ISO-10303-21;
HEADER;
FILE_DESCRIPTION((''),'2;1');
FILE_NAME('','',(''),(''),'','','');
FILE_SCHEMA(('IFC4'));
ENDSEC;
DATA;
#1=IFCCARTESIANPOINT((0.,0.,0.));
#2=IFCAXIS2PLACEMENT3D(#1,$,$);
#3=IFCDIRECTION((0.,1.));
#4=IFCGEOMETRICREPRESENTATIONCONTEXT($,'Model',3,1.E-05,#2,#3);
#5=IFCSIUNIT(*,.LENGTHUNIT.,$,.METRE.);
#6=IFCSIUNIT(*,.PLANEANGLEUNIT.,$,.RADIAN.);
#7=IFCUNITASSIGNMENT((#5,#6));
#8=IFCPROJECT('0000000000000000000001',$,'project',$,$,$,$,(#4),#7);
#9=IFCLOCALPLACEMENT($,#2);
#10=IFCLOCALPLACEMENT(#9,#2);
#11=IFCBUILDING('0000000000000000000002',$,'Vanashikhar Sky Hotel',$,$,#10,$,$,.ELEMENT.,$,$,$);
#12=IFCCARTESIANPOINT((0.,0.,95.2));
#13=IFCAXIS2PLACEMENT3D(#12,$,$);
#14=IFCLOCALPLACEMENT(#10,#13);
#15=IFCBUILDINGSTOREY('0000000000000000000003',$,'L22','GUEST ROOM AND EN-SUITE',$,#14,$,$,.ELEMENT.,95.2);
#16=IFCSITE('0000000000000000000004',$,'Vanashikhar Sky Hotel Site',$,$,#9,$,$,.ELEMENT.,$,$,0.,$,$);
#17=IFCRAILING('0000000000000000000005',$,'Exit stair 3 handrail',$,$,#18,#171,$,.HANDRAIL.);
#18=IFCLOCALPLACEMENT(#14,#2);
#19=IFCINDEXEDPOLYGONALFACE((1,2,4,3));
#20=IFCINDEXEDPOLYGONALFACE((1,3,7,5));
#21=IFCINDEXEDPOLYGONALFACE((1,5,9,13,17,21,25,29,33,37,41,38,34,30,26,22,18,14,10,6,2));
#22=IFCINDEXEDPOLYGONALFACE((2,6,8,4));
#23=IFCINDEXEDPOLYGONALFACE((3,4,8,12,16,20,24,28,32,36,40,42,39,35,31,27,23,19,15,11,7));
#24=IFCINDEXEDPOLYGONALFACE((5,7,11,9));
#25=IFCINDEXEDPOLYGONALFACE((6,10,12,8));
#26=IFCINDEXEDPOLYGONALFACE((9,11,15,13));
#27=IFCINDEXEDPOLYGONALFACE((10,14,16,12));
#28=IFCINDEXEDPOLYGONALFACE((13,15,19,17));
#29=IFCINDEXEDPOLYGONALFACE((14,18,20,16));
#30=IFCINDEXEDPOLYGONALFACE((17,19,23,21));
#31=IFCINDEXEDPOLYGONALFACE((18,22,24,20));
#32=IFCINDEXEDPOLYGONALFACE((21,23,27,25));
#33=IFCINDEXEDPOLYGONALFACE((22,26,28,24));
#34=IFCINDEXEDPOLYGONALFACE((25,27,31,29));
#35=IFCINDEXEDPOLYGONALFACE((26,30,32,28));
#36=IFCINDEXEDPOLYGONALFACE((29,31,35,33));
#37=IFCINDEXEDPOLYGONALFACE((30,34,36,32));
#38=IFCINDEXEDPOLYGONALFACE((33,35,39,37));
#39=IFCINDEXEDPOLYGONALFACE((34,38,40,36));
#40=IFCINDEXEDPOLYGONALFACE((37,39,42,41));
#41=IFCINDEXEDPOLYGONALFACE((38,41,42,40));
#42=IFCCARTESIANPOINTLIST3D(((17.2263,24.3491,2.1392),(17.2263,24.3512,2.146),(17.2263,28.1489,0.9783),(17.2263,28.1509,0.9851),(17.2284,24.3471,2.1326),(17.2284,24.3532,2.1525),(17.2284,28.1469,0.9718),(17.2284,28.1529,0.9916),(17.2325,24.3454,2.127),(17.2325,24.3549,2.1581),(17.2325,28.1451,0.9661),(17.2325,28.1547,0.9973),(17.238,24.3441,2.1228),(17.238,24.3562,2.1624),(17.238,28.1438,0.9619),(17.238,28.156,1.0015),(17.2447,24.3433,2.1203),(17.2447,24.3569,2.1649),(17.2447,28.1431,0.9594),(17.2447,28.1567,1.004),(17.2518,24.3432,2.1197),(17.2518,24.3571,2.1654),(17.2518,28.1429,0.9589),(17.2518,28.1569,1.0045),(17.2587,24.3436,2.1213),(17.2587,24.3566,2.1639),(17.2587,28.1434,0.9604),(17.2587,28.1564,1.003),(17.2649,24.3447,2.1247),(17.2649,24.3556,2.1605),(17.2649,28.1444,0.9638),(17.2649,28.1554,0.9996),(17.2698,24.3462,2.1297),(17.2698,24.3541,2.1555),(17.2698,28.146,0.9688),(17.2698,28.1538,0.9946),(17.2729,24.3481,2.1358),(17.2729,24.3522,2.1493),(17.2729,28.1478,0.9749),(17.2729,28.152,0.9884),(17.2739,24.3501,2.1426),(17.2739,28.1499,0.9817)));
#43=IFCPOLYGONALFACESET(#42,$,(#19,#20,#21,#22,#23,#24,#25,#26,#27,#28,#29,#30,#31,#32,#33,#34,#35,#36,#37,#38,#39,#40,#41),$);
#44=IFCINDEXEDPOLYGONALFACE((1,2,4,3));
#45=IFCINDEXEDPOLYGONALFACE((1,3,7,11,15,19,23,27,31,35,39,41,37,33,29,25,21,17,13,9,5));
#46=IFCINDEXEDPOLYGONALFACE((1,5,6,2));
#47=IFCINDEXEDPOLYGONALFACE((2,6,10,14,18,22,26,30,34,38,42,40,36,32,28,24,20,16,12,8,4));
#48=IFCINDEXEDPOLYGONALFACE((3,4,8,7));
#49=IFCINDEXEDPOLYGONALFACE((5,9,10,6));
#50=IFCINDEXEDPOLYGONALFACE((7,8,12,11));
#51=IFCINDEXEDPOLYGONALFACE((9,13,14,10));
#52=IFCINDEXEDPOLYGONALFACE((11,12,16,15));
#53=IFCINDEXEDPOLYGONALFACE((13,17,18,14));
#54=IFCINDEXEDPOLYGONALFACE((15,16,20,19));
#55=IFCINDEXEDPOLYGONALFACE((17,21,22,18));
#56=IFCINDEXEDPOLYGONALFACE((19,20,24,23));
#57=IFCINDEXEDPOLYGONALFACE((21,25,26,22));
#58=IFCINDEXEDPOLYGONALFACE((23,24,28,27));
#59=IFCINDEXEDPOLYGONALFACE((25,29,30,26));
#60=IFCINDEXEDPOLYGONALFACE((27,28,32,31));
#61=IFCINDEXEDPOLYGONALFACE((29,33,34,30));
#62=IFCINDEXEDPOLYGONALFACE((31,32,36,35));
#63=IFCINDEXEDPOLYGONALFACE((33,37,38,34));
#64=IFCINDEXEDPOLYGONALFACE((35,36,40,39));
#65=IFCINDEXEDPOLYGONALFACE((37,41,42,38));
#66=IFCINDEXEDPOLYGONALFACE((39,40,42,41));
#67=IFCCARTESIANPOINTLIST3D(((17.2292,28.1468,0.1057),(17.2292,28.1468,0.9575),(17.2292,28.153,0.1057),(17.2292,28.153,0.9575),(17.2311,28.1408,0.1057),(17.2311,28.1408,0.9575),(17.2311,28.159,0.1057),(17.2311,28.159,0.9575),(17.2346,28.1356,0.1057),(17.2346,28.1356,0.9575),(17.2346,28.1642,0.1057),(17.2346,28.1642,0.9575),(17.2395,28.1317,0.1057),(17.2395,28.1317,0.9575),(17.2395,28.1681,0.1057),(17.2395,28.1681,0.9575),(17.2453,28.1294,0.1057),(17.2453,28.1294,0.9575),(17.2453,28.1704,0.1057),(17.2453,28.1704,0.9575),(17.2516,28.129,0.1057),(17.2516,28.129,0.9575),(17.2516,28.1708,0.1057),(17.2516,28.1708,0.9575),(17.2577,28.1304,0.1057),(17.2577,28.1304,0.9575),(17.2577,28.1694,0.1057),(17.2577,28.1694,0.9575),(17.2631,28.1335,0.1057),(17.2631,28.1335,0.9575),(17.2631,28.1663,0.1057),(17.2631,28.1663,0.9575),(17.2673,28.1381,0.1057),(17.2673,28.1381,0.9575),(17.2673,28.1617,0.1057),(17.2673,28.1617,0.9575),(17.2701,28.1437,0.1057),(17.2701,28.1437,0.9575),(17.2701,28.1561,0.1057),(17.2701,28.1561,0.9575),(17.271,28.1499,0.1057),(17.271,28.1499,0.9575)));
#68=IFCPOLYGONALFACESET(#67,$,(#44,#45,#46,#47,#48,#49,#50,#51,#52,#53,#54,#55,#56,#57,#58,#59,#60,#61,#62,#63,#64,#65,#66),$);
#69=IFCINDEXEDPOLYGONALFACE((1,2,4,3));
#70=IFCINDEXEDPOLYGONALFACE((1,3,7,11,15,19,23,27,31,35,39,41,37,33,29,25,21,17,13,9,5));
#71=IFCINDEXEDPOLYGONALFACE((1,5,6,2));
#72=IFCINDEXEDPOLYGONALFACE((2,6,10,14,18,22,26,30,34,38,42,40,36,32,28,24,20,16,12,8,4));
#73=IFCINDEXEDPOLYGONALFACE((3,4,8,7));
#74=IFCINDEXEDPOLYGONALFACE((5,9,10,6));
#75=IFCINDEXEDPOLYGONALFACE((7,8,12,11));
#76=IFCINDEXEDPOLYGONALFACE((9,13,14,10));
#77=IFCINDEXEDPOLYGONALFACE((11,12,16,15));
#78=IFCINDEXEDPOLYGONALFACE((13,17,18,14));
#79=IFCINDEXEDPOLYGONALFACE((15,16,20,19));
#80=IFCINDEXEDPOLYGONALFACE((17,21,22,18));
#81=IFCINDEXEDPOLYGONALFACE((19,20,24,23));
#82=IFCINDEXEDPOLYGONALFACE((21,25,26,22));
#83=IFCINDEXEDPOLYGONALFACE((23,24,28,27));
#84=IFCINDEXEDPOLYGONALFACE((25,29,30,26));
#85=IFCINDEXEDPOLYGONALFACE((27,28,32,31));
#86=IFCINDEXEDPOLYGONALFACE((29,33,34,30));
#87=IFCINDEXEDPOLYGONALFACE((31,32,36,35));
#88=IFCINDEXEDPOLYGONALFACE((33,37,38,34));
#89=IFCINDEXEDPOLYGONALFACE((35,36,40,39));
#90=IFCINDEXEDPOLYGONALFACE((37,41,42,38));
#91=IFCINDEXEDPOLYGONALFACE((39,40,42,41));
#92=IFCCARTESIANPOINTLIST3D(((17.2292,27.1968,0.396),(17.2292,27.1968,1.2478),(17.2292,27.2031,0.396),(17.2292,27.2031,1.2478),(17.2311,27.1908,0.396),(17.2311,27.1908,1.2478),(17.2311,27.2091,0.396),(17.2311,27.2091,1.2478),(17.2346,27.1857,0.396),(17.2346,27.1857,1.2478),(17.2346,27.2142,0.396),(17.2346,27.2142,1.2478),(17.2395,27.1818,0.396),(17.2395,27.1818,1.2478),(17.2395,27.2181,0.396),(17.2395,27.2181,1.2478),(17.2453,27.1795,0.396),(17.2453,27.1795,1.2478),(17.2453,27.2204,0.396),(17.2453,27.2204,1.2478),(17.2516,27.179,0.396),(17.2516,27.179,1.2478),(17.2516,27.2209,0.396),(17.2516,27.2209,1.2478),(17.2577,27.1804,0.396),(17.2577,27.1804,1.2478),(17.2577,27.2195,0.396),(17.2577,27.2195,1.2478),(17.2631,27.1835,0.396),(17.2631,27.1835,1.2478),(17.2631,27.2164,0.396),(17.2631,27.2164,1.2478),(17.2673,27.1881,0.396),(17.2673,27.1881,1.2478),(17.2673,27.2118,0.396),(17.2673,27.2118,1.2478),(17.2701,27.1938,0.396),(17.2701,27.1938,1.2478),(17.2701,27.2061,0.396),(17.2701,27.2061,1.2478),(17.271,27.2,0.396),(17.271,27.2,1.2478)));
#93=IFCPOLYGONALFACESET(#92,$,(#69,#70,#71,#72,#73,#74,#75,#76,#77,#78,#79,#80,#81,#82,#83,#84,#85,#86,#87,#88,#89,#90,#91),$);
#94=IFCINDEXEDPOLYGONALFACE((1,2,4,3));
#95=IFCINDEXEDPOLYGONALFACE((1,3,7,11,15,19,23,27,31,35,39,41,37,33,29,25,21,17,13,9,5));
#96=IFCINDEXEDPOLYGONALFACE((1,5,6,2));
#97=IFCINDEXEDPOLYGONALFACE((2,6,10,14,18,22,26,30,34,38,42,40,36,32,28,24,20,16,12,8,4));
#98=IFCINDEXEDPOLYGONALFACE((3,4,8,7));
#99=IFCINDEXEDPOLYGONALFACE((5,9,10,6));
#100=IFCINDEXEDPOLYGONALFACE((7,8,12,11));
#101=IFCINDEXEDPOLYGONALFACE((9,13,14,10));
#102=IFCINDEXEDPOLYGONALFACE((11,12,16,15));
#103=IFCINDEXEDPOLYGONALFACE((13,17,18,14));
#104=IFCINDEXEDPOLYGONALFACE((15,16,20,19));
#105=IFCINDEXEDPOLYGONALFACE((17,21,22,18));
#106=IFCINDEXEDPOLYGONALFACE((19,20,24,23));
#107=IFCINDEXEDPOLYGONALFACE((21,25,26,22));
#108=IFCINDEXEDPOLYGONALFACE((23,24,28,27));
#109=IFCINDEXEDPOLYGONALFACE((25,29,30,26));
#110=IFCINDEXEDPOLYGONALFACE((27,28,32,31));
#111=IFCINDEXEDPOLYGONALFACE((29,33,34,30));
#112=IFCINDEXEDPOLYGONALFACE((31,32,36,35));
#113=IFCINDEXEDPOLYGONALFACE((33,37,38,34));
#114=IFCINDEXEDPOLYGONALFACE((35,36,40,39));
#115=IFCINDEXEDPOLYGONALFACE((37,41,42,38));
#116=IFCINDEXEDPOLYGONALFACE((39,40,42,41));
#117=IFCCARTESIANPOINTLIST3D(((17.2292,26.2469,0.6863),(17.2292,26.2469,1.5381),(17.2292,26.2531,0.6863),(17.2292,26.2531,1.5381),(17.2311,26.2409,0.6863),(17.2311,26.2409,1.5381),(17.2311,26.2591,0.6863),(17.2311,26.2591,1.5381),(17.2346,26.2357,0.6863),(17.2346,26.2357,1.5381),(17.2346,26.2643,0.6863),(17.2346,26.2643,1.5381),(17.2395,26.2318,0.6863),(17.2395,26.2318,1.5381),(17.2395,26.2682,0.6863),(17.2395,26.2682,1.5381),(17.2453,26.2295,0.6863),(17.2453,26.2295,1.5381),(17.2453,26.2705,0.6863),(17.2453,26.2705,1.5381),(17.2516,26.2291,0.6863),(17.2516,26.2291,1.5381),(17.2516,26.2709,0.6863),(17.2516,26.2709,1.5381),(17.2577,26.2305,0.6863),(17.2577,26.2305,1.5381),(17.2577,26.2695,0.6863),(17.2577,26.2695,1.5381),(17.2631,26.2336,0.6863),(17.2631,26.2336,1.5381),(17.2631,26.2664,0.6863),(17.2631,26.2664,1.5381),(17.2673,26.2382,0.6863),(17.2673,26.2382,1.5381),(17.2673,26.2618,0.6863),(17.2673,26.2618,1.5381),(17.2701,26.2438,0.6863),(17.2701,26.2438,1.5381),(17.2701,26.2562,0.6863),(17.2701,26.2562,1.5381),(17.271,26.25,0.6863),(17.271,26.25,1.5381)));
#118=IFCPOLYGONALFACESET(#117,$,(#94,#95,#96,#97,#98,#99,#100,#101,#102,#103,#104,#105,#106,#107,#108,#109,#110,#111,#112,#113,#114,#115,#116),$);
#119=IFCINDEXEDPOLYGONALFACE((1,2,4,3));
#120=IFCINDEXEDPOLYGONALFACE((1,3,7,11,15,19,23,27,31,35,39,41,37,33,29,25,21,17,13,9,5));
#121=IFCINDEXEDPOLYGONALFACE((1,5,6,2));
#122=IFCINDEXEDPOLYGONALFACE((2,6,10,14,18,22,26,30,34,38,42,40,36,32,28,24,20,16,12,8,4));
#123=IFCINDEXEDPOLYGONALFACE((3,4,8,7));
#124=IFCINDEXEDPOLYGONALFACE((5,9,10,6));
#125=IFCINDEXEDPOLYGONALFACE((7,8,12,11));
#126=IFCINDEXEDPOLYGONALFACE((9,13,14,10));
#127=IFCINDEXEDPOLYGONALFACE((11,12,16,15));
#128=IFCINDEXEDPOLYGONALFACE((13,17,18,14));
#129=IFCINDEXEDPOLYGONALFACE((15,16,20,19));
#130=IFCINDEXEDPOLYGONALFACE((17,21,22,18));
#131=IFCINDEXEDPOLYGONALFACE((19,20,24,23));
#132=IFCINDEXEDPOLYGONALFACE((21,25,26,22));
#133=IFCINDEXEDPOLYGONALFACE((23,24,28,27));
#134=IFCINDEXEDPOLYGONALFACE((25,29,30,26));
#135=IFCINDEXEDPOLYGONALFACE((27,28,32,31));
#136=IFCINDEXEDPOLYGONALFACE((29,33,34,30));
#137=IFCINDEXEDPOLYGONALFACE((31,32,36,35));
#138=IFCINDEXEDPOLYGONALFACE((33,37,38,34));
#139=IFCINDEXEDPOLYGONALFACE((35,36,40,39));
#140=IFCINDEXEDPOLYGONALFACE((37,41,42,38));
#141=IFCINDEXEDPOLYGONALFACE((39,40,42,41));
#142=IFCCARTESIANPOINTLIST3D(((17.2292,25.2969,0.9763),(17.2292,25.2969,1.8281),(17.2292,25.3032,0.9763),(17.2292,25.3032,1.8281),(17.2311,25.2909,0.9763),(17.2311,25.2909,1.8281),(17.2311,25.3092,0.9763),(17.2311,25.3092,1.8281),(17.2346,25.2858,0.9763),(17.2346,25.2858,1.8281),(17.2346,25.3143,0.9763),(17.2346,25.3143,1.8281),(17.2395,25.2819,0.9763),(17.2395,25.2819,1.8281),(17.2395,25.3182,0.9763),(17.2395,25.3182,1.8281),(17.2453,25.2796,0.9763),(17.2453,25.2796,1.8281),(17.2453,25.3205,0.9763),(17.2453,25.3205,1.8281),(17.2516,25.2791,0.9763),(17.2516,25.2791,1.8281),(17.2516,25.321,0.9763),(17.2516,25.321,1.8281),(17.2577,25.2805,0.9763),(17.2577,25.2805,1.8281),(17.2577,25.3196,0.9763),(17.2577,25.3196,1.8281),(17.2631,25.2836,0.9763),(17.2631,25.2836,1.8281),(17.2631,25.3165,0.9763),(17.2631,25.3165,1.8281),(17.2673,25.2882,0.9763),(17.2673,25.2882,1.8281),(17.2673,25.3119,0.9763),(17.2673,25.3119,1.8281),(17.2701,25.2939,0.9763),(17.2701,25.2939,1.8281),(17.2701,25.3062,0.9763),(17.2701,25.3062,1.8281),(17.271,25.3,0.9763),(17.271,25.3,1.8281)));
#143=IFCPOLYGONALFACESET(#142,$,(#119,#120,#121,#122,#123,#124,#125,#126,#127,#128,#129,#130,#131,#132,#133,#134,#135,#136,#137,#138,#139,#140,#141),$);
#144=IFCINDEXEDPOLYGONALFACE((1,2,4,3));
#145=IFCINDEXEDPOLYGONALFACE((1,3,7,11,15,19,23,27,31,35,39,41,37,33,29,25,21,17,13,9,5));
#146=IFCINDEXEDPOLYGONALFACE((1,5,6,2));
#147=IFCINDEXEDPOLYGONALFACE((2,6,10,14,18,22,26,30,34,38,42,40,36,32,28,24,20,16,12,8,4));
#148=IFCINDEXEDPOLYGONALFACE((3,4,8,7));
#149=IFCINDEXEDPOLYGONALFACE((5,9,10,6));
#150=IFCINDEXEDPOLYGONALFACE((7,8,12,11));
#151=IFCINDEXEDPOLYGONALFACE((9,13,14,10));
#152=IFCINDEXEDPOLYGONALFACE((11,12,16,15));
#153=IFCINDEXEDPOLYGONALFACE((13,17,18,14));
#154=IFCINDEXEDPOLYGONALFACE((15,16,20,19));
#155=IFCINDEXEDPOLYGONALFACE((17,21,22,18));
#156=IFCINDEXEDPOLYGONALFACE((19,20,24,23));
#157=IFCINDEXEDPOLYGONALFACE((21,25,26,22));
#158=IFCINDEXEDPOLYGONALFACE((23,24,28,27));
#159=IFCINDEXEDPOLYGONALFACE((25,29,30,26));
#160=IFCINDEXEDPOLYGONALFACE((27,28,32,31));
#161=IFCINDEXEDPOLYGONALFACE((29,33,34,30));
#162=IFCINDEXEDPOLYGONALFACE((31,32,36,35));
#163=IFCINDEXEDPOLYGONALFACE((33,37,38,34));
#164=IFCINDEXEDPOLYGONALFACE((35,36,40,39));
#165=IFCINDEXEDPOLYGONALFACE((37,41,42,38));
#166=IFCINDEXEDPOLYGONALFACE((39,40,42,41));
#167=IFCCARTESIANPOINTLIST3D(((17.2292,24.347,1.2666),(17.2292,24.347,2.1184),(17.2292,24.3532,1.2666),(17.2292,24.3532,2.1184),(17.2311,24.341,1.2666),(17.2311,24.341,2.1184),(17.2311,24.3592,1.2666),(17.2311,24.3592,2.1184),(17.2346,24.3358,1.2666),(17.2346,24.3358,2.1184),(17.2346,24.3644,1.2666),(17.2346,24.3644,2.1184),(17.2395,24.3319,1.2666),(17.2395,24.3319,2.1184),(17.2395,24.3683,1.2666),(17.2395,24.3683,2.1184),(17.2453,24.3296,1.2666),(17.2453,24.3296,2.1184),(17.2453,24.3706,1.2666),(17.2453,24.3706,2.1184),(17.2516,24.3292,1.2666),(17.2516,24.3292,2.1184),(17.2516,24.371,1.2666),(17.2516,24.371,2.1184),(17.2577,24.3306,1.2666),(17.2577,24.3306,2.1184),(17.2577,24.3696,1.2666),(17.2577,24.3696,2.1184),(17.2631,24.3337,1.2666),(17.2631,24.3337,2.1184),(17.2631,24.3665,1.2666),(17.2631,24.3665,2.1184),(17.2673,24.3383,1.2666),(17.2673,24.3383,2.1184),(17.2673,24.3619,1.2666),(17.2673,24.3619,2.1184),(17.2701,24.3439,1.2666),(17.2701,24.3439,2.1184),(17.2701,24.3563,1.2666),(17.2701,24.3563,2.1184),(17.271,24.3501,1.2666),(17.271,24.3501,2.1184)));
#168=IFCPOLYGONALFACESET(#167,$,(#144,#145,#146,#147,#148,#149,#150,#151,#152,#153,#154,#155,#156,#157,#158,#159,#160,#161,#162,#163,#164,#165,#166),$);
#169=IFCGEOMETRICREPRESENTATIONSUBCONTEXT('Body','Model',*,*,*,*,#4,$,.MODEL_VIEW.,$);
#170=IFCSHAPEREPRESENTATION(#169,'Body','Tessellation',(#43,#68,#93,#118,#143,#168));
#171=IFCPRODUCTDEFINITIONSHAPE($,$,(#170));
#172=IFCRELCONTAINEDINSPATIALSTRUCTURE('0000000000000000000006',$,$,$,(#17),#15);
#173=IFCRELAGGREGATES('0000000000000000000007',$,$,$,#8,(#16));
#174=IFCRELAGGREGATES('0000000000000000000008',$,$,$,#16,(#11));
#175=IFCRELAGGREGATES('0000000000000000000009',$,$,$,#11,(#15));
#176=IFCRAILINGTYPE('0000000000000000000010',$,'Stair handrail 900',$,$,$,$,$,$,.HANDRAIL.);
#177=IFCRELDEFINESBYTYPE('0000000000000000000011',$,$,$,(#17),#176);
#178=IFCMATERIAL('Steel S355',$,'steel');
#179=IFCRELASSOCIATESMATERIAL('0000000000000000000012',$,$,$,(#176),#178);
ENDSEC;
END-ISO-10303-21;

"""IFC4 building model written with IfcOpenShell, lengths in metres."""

from ifc_helpers import new_model, si_unit, direction, frame, origin, origin_2d, place, context, subcontext, project, spatial, circle, extrude, source, transform, mapped, material, type_object, element, save


model = new_model("IFC4")

# Units and contexts
model_context = context("Model", 3, precision=1e-05, world=origin(), true_north=direction((0.0, 1.0)))
body_context = subcontext(model_context, "Body", "Model", "MODEL_VIEW")
ifc_project = project(units=[si_unit("LENGTHUNIT", "METRE"), si_unit("PLANEANGLEUNIT", "RADIAN")], contexts=[model_context])

# Site, building, storey
site_placement = place(None, origin())
site = spatial("IfcSite", under=ifc_project, at=site_placement, Name="Vanashikhar Sky Hotel Site", CompositionType="ELEMENT", RefElevation=0.0)
building_placement = place(site_placement, origin())
building = spatial("IfcBuilding", under=site, at=building_placement, Name="Vanashikhar Sky Hotel", CompositionType="ELEMENT")
storey_placement = place(building_placement, frame((0.0, 0.0, 95.2)))
storey = spatial("IfcBuildingStorey", under=building, at=storey_placement, Name="L22", Description="GUEST ROOM AND EN-SUITE", CompositionType="ELEMENT", Elevation=95.2)

# Railing
ifc_material_1 = material(Name="Steel S355", Category="steel")
railing_type = type_object("IfcRailingType", Name="Stair handrail 900", PredefinedType="HANDRAIL", material=ifc_material_1)
shared_shape_1 = source(origin(), body_context, "Body", "SweptSolid", [
    extrude(circle(Radius=0.0239, at=origin_2d()), frame((0.0, 0.0, 0.876), z_axis=(0.0, -0.956363, 0.292181), x_axis=(1.0, 0.0, 0.0)), (0.0, 0.0, 1.0), 3.9731),
    extrude(circle(Radius=0.021, at=origin_2d()), origin(), (0.0, 0.0, 1.0), 0.8518),
    extrude(circle(Radius=0.021, at=origin_2d()), frame((0.0, -0.95, 0.2903)), (0.0, 0.0, 1.0), 0.8518),
    extrude(circle(Radius=0.021, at=origin_2d()), frame((0.0, -1.8999, 0.5806)), (0.0, 0.0, 1.0), 0.8518),
    extrude(circle(Radius=0.021, at=origin_2d()), frame((0.0, -2.8499, 0.8706)), (0.0, 0.0, 1.0), 0.8518),
    extrude(circle(Radius=0.021, at=origin_2d()), frame((0.0, -3.7998, 1.1609)), (0.0, 0.0, 1.0), 0.8518),
])
railing_1_placement = place(storey_placement, frame((17.25, 28.1499, 0.1057)))
element("IfcRailing", 1, at=railing_1_placement, inside=storey, type_object=railing_type, Name="Exit stair 3 handrail", PredefinedType="HANDRAIL", context=body_context, shape_type="MappedRepresentation", body=[
    mapped(shared_shape_1, transform((0.0, 0.0, 0.0), scale=1.0)),
])

save(model, "model.ifc")
